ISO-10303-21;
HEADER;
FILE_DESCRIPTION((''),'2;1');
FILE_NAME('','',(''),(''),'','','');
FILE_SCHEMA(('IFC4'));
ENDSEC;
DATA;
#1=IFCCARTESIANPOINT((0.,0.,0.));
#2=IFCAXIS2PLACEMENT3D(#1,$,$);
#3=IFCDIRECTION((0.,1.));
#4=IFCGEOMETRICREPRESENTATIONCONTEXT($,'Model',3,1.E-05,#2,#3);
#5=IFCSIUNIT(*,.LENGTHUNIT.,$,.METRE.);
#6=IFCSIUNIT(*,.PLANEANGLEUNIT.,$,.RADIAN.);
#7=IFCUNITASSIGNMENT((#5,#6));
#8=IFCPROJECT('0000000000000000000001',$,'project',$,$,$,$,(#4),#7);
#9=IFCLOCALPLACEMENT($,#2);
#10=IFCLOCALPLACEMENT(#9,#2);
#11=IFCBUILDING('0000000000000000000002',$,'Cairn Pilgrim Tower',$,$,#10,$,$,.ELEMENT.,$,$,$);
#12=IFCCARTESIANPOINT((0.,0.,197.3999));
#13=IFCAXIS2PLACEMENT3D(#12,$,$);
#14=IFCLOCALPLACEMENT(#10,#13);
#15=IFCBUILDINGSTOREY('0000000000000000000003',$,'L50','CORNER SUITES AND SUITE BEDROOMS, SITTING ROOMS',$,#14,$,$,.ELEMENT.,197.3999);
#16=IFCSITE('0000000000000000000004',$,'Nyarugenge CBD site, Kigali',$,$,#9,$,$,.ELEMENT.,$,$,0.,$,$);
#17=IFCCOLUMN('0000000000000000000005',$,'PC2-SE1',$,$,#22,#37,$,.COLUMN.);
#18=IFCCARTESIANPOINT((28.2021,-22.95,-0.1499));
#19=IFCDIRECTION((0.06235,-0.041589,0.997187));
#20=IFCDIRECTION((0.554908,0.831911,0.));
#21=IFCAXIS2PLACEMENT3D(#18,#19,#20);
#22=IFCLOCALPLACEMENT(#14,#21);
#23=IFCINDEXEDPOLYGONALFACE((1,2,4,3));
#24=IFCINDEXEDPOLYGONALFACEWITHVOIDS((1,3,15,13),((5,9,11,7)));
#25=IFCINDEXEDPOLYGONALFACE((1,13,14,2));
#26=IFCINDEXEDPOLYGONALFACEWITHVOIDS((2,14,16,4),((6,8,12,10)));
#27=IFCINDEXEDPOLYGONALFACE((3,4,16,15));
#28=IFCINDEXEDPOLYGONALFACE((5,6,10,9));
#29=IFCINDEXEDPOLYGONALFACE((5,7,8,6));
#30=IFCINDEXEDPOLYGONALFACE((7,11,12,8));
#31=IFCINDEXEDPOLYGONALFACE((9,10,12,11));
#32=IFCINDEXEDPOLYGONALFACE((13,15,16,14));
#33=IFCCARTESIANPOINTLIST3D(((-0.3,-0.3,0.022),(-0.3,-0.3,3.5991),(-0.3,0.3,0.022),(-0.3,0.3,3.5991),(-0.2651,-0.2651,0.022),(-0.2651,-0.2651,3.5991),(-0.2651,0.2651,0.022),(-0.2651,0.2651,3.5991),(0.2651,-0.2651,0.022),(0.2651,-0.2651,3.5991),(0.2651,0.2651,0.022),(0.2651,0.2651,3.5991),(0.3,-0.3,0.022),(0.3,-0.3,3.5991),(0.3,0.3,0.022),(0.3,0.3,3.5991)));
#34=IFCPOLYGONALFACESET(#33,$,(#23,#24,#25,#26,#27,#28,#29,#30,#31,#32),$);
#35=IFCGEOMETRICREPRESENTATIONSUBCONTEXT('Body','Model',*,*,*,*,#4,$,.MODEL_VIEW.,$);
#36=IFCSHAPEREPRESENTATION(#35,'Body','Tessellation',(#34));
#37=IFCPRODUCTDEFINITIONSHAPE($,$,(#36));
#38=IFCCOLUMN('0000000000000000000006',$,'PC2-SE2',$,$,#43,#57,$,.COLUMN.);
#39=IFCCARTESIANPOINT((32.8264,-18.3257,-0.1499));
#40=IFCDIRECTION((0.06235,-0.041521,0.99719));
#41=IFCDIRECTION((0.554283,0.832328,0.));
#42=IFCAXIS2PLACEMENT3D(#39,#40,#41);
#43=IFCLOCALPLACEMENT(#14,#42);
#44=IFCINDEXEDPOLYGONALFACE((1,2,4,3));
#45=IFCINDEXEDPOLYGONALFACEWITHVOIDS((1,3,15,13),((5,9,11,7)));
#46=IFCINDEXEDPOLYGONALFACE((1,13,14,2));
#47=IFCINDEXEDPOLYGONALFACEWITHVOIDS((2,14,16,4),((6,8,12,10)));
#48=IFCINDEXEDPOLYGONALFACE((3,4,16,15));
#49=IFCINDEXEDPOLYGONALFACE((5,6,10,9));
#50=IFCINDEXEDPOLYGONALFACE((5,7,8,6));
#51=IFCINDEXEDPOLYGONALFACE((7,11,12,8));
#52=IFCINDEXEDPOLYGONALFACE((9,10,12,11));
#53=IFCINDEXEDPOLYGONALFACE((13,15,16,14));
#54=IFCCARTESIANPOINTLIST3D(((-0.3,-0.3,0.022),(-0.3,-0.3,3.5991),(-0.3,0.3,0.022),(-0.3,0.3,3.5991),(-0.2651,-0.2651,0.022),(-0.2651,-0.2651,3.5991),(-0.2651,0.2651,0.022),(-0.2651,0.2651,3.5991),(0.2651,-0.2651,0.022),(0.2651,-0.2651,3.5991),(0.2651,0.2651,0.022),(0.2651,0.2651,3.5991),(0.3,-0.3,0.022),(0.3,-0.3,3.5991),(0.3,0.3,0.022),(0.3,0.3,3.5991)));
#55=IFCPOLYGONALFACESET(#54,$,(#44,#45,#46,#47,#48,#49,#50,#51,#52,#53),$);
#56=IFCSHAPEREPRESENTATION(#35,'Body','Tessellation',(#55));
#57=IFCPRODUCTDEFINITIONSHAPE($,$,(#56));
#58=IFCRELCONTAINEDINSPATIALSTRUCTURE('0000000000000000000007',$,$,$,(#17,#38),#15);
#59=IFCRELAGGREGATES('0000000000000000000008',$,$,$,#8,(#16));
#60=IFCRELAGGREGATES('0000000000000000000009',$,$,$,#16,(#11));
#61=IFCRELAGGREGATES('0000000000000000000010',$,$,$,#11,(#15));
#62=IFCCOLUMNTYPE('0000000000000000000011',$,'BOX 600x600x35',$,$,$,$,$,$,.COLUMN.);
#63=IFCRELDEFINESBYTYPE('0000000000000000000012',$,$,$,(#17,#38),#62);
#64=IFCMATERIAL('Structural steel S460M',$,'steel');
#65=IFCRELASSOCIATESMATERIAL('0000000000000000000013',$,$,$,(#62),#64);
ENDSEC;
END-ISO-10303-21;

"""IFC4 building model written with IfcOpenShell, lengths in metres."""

from ifc_helpers import new_model, si_unit, direction, frame, origin, origin_2d, place, context, subcontext, project, spatial, hollow_rectangle, extrude, clip, halfspace, material, material_profile, profile_set, type_object, element, save


model = new_model("IFC4")

# Units and contexts
model_context = context("Model", 3, precision=1e-05, world=origin(), true_north=direction((0.0, 1.0)))
body_context = subcontext(model_context, "Body", "Model", "MODEL_VIEW")
ifc_project = project(units=[si_unit("LENGTHUNIT", "METRE"), si_unit("PLANEANGLEUNIT", "RADIAN")], contexts=[model_context])

# Site, building, storey
site_placement = place(None, origin())
site = spatial("IfcSite", under=ifc_project, at=site_placement, Name="Nyarugenge CBD site, Kigali", CompositionType="ELEMENT", RefElevation=0.0)
building_placement = place(site_placement, origin())
building = spatial("IfcBuilding", under=site, at=building_placement, Name="Cairn Pilgrim Tower", CompositionType="ELEMENT")
storey_placement = place(building_placement, frame((0.0, 0.0, 197.3999)))
storey = spatial("IfcBuildingStorey", under=building, at=storey_placement, Name="L50", Description="CORNER SUITES AND SUITE BEDROOMS, SITTING ROOMS", CompositionType="ELEMENT", Elevation=197.3999)

# Columns
ifc_material_1 = material(Name="Structural steel S460M", Category="steel")
ifc_material_profile_1 = material_profile(ifc_material_1, hollow_rectangle(XDim=0.6001, YDim=0.6001, WallThickness=0.0349, at=origin_2d()), Name="BOX 600x600x35")
ifc_profile_set_1 = profile_set([ifc_material_profile_1], Name="Structural steel S460M")
column_type = type_object("IfcColumnType", Name="BOX 600x600x35", PredefinedType="COLUMN", material=ifc_profile_set_1)
for number, where, z_axis, x_axis, name in (
    (1, (28.2021, -22.95, -0.1499), (0.06235, -0.041589, 0.997187), (0.554908, 0.831911, 0.0), "PC2-SE1"),
    (2, (32.8264, -18.3257, -0.1499), (0.06235, -0.041521, 0.99719), (0.554283, 0.832328, 0.0), "PC2-SE2"),
):
    element("IfcColumn", number, at=place(storey_placement, frame(where, z_axis=z_axis, x_axis=x_axis)), inside=storey, type_object=column_type, Name=name, PredefinedType="COLUMN", context=body_context, shape_type="Clipping", body=[
        clip(clip(extrude(hollow_rectangle(XDim=0.6001, YDim=0.6001, WallThickness=0.0349, at=origin_2d()), origin(), (0.0, 0.0, 1.0), 3.6104), halfspace(frame((0.0, 0.0, 0.022), z_axis=(0.0, 0.0, 1.0), x_axis=(1.0, 0.0, 0.0)), True)), halfspace(frame((0.0, 0.0, 3.5991), z_axis=(0.0, 0.0, 1.0), x_axis=(1.0, 0.0, 0.0)), False)),
    ])

save(model, "model.ifc")
